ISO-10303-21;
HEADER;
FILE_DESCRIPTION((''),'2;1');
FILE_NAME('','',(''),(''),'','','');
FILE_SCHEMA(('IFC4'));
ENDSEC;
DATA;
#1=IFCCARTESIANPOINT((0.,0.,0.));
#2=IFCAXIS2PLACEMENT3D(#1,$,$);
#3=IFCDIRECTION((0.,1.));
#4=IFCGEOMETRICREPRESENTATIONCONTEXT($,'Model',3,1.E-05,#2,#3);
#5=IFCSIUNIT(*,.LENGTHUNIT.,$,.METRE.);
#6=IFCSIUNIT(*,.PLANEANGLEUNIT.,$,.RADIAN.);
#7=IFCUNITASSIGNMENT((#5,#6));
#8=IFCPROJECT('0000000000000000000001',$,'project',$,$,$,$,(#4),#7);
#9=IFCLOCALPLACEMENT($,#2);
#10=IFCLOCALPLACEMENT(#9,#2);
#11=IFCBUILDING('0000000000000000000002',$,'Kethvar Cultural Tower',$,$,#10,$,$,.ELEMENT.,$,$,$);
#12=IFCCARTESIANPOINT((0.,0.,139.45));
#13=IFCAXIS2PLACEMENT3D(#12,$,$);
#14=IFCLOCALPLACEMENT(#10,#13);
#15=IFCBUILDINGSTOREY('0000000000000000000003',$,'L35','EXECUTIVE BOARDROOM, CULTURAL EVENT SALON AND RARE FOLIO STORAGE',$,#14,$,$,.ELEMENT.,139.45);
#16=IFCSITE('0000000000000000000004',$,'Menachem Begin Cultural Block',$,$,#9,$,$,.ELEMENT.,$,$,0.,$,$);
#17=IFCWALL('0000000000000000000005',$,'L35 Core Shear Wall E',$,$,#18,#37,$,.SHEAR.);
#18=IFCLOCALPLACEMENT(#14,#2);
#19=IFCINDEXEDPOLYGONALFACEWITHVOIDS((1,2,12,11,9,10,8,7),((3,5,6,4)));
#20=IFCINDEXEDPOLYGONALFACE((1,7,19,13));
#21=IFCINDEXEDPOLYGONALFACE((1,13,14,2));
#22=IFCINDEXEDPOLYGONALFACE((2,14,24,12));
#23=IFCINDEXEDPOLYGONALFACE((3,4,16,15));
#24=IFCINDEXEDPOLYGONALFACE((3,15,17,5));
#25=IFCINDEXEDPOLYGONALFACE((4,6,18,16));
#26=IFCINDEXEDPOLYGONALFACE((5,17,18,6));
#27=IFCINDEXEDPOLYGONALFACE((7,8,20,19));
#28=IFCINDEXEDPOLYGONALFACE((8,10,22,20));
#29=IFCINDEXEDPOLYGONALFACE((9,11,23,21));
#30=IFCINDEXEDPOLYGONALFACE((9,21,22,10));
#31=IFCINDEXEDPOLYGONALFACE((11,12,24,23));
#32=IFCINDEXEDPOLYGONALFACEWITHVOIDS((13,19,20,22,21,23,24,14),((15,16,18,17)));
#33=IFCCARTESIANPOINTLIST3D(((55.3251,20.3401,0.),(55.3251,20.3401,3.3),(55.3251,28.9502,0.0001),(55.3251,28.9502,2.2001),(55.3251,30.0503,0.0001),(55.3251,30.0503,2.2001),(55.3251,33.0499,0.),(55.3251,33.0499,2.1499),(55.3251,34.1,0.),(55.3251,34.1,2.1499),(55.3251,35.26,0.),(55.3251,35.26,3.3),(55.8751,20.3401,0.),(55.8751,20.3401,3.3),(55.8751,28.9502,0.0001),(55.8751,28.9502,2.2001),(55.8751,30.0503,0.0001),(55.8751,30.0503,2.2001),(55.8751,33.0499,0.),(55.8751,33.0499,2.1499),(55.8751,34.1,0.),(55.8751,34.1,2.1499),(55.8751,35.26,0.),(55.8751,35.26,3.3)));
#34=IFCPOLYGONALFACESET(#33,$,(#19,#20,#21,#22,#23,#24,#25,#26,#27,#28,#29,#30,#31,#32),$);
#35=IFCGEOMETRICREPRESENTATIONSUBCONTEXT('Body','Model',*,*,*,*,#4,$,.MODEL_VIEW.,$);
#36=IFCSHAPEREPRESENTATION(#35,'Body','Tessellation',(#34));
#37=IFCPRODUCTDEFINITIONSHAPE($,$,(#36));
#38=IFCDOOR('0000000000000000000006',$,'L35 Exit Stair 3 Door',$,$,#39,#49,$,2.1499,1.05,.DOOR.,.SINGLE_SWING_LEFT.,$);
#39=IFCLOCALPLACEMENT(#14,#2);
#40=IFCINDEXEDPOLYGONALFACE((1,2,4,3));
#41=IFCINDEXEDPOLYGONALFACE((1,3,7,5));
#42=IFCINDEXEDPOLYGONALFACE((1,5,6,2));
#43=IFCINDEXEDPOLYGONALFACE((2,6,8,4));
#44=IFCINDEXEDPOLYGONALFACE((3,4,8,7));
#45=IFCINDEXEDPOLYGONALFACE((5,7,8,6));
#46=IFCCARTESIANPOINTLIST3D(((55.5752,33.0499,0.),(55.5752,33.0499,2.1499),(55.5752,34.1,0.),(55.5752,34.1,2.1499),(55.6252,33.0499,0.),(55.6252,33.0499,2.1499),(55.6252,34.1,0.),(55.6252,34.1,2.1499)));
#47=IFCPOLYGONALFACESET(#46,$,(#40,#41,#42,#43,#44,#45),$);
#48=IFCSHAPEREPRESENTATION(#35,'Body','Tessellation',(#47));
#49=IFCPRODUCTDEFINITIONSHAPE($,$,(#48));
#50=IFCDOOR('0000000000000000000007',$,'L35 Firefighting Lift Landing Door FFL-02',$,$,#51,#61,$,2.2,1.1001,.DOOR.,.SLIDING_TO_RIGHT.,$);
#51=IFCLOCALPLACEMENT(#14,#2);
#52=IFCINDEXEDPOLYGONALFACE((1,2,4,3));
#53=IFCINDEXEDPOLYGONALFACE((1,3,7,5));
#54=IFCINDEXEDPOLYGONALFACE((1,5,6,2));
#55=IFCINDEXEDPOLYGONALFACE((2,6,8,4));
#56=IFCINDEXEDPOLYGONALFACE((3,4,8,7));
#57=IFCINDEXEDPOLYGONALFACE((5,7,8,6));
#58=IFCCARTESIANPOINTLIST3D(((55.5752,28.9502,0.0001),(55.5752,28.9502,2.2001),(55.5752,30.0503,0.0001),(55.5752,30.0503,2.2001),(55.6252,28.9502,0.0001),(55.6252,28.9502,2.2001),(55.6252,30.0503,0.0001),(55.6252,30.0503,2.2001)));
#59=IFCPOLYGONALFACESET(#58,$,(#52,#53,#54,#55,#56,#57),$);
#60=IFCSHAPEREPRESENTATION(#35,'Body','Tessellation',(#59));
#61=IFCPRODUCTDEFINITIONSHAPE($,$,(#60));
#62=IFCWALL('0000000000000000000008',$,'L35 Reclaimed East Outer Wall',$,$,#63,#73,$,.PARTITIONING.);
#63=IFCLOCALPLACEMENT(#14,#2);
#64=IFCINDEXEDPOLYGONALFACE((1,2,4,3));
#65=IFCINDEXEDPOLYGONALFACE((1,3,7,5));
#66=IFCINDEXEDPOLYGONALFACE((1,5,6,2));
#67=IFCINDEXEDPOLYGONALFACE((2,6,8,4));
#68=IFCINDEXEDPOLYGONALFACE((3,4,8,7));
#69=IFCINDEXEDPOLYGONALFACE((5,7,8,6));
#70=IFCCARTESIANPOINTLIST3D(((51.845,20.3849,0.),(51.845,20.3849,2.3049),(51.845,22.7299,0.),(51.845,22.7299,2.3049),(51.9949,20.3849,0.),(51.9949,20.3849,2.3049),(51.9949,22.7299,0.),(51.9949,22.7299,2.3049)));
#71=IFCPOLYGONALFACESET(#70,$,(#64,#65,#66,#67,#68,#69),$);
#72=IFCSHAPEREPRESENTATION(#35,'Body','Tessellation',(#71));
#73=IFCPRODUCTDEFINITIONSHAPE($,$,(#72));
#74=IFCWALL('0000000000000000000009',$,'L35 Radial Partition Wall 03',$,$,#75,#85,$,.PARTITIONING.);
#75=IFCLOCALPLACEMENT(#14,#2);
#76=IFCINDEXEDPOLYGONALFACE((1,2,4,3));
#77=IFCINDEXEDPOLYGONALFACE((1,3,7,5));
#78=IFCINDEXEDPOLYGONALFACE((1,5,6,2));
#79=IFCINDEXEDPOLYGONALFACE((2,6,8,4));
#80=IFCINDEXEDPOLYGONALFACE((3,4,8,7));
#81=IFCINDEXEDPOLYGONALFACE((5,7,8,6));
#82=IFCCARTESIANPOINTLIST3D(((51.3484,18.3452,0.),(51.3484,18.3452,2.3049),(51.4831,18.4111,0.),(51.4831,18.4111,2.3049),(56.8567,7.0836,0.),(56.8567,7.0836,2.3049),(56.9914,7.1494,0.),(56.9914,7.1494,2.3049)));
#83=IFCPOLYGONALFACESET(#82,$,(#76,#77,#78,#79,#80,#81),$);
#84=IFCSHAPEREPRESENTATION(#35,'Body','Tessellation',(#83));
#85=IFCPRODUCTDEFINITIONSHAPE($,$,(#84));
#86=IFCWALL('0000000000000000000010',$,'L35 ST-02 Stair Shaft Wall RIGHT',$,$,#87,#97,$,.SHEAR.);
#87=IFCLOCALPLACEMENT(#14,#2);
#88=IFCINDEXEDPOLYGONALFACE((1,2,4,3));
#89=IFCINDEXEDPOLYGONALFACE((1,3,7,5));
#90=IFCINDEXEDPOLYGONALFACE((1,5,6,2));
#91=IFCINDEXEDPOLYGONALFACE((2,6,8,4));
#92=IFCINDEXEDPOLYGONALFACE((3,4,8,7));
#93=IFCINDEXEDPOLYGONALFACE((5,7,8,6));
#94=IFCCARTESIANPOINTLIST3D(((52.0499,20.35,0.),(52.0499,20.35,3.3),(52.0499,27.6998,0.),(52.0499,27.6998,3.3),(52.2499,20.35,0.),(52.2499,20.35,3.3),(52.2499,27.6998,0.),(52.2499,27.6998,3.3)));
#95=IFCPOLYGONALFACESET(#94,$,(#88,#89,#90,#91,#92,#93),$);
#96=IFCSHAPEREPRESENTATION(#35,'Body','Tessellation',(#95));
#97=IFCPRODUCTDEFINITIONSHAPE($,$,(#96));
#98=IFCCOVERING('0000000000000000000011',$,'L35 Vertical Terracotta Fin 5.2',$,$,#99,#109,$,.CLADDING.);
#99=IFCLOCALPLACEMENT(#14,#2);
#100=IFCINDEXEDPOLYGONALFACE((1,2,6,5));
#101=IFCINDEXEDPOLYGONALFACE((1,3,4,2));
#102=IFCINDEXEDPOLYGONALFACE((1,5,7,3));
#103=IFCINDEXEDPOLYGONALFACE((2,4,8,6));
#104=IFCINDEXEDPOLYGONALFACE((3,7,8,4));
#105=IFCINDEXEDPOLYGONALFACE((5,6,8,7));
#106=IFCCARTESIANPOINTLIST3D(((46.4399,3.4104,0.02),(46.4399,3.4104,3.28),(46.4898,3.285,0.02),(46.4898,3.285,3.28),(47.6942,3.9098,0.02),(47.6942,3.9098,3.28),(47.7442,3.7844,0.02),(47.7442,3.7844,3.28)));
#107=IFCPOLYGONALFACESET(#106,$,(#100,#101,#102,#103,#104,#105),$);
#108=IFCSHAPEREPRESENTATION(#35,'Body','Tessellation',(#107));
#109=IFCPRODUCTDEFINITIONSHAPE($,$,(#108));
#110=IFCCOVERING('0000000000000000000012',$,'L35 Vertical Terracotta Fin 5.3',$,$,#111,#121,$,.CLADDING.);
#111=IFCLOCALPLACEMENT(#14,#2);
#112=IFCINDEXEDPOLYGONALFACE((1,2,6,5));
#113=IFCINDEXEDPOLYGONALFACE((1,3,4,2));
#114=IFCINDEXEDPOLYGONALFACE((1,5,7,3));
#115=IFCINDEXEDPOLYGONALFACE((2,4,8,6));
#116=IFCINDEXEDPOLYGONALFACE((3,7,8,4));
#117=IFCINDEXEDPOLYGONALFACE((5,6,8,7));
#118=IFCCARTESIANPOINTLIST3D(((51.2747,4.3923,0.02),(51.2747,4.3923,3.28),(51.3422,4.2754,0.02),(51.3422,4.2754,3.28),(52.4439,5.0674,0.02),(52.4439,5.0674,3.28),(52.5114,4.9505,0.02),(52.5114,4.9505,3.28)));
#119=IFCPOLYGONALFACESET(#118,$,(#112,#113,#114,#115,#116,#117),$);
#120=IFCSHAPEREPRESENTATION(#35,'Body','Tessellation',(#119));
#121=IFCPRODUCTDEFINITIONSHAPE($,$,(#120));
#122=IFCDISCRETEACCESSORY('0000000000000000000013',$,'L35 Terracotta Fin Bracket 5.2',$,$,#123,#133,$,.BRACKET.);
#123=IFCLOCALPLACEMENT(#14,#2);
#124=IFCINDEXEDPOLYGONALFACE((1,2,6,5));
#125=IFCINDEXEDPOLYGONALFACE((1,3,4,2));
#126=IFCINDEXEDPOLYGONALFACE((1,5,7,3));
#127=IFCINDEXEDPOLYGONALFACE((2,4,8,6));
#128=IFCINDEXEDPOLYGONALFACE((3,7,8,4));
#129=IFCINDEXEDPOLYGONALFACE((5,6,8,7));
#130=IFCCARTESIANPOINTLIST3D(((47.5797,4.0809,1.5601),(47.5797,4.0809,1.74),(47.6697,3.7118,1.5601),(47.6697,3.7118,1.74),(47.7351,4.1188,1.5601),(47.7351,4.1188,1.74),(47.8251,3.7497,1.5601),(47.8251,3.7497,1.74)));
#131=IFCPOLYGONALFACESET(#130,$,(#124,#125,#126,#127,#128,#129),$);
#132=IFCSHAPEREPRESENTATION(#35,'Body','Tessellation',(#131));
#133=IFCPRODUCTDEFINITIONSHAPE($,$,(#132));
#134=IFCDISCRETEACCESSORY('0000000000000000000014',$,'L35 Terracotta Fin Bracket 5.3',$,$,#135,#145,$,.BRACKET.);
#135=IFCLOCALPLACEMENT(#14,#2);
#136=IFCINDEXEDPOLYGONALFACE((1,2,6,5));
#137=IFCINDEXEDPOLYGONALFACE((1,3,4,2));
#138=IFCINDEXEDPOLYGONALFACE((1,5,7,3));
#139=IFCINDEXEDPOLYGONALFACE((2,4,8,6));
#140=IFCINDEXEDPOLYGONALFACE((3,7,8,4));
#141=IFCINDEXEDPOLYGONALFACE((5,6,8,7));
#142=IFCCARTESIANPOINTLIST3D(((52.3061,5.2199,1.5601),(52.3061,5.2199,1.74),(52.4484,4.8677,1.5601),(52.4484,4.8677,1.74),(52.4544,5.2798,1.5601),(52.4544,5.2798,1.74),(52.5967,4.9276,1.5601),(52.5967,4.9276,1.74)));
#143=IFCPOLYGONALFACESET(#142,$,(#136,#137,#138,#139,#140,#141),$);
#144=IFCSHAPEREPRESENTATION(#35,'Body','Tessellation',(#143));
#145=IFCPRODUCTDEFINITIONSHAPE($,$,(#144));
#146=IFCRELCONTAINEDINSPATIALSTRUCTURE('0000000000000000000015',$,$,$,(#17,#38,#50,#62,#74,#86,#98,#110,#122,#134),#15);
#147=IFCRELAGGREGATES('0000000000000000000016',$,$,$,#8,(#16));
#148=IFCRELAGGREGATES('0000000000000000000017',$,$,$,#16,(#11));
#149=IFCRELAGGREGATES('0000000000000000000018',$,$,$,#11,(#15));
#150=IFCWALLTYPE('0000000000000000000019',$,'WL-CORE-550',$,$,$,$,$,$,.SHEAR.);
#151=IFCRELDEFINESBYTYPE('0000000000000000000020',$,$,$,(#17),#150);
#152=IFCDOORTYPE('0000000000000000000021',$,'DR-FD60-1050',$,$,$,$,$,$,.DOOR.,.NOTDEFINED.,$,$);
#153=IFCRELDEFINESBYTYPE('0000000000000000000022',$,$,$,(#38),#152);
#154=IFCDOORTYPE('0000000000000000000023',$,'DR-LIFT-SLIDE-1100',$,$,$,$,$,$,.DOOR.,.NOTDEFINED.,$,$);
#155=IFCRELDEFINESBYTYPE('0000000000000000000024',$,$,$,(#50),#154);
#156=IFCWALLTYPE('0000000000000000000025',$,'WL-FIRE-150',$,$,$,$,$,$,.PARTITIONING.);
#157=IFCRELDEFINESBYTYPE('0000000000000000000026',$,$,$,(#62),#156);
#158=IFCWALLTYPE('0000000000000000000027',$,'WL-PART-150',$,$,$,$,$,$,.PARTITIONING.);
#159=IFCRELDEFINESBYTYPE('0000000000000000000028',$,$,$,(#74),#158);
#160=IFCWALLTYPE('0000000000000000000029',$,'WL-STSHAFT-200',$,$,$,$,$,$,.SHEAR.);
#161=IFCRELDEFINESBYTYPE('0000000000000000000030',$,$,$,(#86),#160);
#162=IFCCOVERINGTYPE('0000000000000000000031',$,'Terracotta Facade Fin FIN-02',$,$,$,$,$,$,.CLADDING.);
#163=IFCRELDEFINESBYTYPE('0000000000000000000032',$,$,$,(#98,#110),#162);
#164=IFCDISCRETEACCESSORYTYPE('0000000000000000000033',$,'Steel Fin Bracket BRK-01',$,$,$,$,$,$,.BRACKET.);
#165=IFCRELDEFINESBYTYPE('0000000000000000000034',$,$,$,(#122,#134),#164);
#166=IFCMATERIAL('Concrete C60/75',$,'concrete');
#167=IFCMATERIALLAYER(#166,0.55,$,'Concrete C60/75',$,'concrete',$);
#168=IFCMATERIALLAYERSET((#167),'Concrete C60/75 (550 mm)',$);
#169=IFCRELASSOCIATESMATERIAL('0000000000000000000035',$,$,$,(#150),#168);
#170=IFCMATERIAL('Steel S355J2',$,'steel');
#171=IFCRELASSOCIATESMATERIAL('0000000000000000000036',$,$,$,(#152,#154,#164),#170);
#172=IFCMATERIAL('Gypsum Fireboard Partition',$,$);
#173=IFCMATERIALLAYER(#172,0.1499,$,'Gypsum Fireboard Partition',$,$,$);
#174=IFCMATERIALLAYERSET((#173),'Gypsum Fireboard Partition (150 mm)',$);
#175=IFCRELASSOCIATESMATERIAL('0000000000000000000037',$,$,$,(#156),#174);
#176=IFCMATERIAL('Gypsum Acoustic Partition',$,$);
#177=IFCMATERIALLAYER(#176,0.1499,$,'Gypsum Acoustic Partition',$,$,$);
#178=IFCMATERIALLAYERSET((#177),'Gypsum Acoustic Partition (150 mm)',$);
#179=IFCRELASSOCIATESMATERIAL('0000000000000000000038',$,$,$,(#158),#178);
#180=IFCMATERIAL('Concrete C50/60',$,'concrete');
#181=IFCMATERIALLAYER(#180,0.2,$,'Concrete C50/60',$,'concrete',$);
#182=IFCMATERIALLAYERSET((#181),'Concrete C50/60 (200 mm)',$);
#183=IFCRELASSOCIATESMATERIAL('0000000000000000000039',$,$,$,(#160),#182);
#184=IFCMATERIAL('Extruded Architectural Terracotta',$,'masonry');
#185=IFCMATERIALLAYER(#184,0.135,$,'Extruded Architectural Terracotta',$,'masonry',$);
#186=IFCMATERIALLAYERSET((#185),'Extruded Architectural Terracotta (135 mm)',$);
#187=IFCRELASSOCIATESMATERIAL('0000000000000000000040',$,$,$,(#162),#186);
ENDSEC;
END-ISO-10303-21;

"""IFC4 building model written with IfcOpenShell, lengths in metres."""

from ifc_helpers import new_model, si_unit, direction, frame, frame_2d, origin, origin_2d, place, context, subcontext, project, spatial, rectangle, extrude, source, transform, mapped, material, layer, layer_set, type_object, element, fill, save


model = new_model("IFC4")

# Units and contexts
model_context = context("Model", 3, precision=1e-05, world=origin(), true_north=direction((0.0, 1.0)))
body_context = subcontext(model_context, "Body", "Model", "MODEL_VIEW")
ifc_project = project(units=[si_unit("LENGTHUNIT", "METRE"), si_unit("PLANEANGLEUNIT", "RADIAN")], contexts=[model_context])

# Site, building, storey
site_placement = place(None, origin())
site = spatial("IfcSite", under=ifc_project, at=site_placement, Name="Menachem Begin Cultural Block", CompositionType="ELEMENT", RefElevation=0.0)
building_placement = place(site_placement, origin())
building = spatial("IfcBuilding", under=site, at=building_placement, Name="Kethvar Cultural Tower", CompositionType="ELEMENT")
storey_placement = place(building_placement, frame((0.0, 0.0, 139.45)))
storey = spatial("IfcBuildingStorey", under=building, at=storey_placement, Name="L35", Description="EXECUTIVE BOARDROOM, CULTURAL EVENT SALON AND RARE FOLIO STORAGE", CompositionType="ELEMENT", Elevation=139.45)

# Shared definitions
ifc_material_1 = material(Name="Steel S355J2", Category="steel")

# Wall, openings, doors
ifc_material_2 = material(Name="Concrete C60/75", Category="concrete")
ifc_layer_1 = layer(ifc_material_2, 0.55, Name="Concrete C60/75", Category="concrete")
ifc_layer_set_1 = layer_set([ifc_layer_1], Name="Concrete C60/75 (550 mm)")
wall_type_1 = type_object("IfcWallType", Name="WL-CORE-550", PredefinedType="SHEAR", material=ifc_layer_set_1)
wall_1_placement = place(storey_placement, frame((55.6001, 20.3401, 0.0), z_axis=(0.0, 0.0, 1.0), x_axis=(0.0, 1.0, 0.0)))
wall_1 = element("IfcWall", 1, at=wall_1_placement, inside=storey, type_object=wall_type_1, Name="L35 Core Shear Wall E", PredefinedType="SHEAR", context=body_context, shape_type="SweptSolid", body=[
    extrude(rectangle(XDim=14.9199, YDim=0.55, at=frame_2d((7.46, 0.0))), origin(), (0.0, 0.0, 1.0), 3.3),
])
opening_1_placement = place(wall_1_placement, frame((12.71, 0.0, 0.0)))
opening_1 = element("IfcOpeningElement", 2, at=opening_1_placement, cuts=wall_1, PredefinedType="OPENING", context=body_context, shape_type="SweptSolid", body=[
    extrude(rectangle(XDim=1.05, YDim=2.1499, at=frame_2d((0.5249, 1.075))), frame((0.0, 0.2849, 0.0), z_axis=(0.0, -1.0, 0.0), x_axis=(1.0, 0.0, 0.0)), (0.0, 0.0, 1.0), 0.5701),
])
opening_2_placement = place(wall_1_placement, frame((8.6101, 0.0, 0.0)))
opening_2 = element("IfcOpeningElement", 3, at=opening_2_placement, cuts=wall_1, PredefinedType="OPENING", context=body_context, shape_type="SweptSolid", body=[
    extrude(rectangle(XDim=1.1001, YDim=2.2, at=frame_2d((0.55, 1.1001))), frame((0.0, 0.2849, 0.0), z_axis=(0.0, -1.0, 0.0), x_axis=(1.0, 0.0, 0.0)), (0.0, 0.0, 1.0), 0.5701),
])
door_type_1 = type_object("IfcDoorType", Name="DR-FD60-1050", OperationType="NOTDEFINED", PredefinedType="DOOR", material=ifc_material_1)
shared_shape_1 = source(origin(), body_context, "Body", "SweptSolid", [
    extrude(rectangle(XDim=1.05, YDim=2.1499, at=frame_2d((0.5249, 1.075))), frame((0.0, 0.0249, 0.0), z_axis=(0.0, -1.0, 0.0), x_axis=(1.0, 0.0, 0.0)), (0.0, 0.0, 1.0), 0.05),
])
door_1_placement = place(opening_1_placement, origin())
door_1 = element("IfcDoor", 4, at=door_1_placement, inside=storey, type_object=door_type_1, Name="L35 Exit Stair 3 Door", OperationType="SINGLE_SWING_LEFT", OverallHeight=2.1499, OverallWidth=1.05, PredefinedType="DOOR", context=body_context, shape_type="MappedRepresentation", body=[
    mapped(shared_shape_1, transform((0.0, 0.0, 0.0), scale=1.0)),
])
fill(opening_1, door_1)
door_type_2 = type_object("IfcDoorType", Name="DR-LIFT-SLIDE-1100", OperationType="NOTDEFINED", PredefinedType="DOOR", material=ifc_material_1)
shared_shape_2 = source(origin(), body_context, "Body", "SweptSolid", [
    extrude(rectangle(XDim=1.1001, YDim=2.2, at=frame_2d((0.55, 1.1001))), frame((0.0, 0.0249, 0.0), z_axis=(0.0, -1.0, 0.0), x_axis=(1.0, 0.0, 0.0)), (0.0, 0.0, 1.0), 0.05),
])
door_2_placement = place(opening_2_placement, origin())
door_2 = element("IfcDoor", 5, at=door_2_placement, inside=storey, type_object=door_type_2, Name="L35 Firefighting Lift Landing Door FFL-02", OperationType="SLIDING_TO_RIGHT", OverallHeight=2.2, OverallWidth=1.1001, PredefinedType="DOOR", context=body_context, shape_type="MappedRepresentation", body=[
    mapped(shared_shape_2, transform((0.0, 0.0, 0.0), scale=1.0)),
])
fill(opening_2, door_2)

# Walls
ifc_material_3 = material(Name="Gypsum Fireboard Partition")
ifc_layer_2 = layer(ifc_material_3, 0.1499, Name="Gypsum Fireboard Partition")
ifc_layer_set_2 = layer_set([ifc_layer_2], Name="Gypsum Fireboard Partition (150 mm)")
wall_type_2 = type_object("IfcWallType", Name="WL-FIRE-150", PredefinedType="PARTITIONING", material=ifc_layer_set_2)
wall_2_placement = place(storey_placement, frame((51.9199, 20.385, 0.0), z_axis=(0.0, 0.0, 1.0), x_axis=(0.0, 1.0, 0.0)))
element("IfcWall", 6, at=wall_2_placement, inside=storey, type_object=wall_type_2, Name="L35 Reclaimed East Outer Wall", PredefinedType="PARTITIONING", context=body_context, shape_type="SweptSolid", body=[
    extrude(rectangle(XDim=2.345, YDim=0.1499, at=frame_2d((1.1724, 0.0))), origin(), (0.0, 0.0, 1.0), 2.3049),
])
ifc_material_4 = material(Name="Gypsum Acoustic Partition")
ifc_layer_3 = layer(ifc_material_4, 0.1499, Name="Gypsum Acoustic Partition")
ifc_layer_set_3 = layer_set([ifc_layer_3], Name="Gypsum Acoustic Partition (150 mm)")
wall_type_3 = type_object("IfcWallType", Name="WL-PART-150", PredefinedType="PARTITIONING", material=ifc_layer_set_3)
wall_3_placement = place(storey_placement, frame((51.4158, 18.3782, 0.0), z_axis=(0.0, 0.0, 1.0), x_axis=(0.439376, -0.898303, 0.0)))
element("IfcWall", 7, at=wall_3_placement, inside=storey, type_object=wall_type_3, Name="L35 Radial Partition Wall 03", PredefinedType="PARTITIONING", context=body_context, shape_type="SweptSolid", body=[
    extrude(rectangle(XDim=12.5366, YDim=0.1499, at=frame_2d((6.2683, 0.0))), origin(), (0.0, 0.0, 1.0), 2.3049),
])
ifc_material_5 = material(Name="Concrete C50/60", Category="concrete")
ifc_layer_4 = layer(ifc_material_5, 0.2, Name="Concrete C50/60", Category="concrete")
ifc_layer_set_4 = layer_set([ifc_layer_4], Name="Concrete C50/60 (200 mm)")
wall_type_4 = type_object("IfcWallType", Name="WL-STSHAFT-200", PredefinedType="SHEAR", material=ifc_layer_set_4)
wall_4_placement = place(storey_placement, frame((52.1499, 20.3501, 0.0), z_axis=(0.0, 0.0, 1.0), x_axis=(0.0, 1.0, 0.0)))
element("IfcWall", 8, at=wall_4_placement, inside=storey, type_object=wall_type_4, Name="L35 ST-02 Stair Shaft Wall RIGHT", PredefinedType="SHEAR", context=body_context, shape_type="SweptSolid", body=[
    extrude(rectangle(XDim=7.3499, YDim=0.2, at=frame_2d((3.6748, 0.0))), origin(), (0.0, 0.0, 1.0), 3.3),
])

# Coverings
ifc_material_6 = material(Name="Extruded Architectural Terracotta", Category="masonry")
ifc_layer_5 = layer(ifc_material_6, 0.135, Name="Extruded Architectural Terracotta", Category="masonry")
ifc_layer_set_5 = layer_set([ifc_layer_5], Name="Extruded Architectural Terracotta (135 mm)")
covering_type = type_object("IfcCoveringType", Name="Terracotta Facade Fin FIN-02", PredefinedType="CLADDING", material=ifc_layer_set_5)
shared_shape_3 = source(origin(), body_context, "Body", "SweptSolid", [
    extrude(rectangle(XDim=1.3501, YDim=0.135, at=origin_2d()), origin(), (0.0, 0.0, 1.0), 3.26),
])
for number, where, z_axis, x_axis, name in (
    (9, (47.092, 3.5974, 0.02), (0.0, 0.0, 1.0), (-0.929068, -0.369909, 0.0), "L35 Vertical Terracotta Fin 5.2"),
    (10, (51.8931, 4.6714, 0.02), (0.0, 0.0, 1.0), (-0.866025, -0.5, 0.0), "L35 Vertical Terracotta Fin 5.3"),
):
    element("IfcCovering", number, at=place(storey_placement, frame(where, z_axis=z_axis, x_axis=x_axis)), inside=storey, type_object=covering_type, Name=name, PredefinedType="CLADDING", context=body_context, shape_type="MappedRepresentation", body=[
        mapped(shared_shape_3, transform((0.0, 0.0, 0.0), scale=1.0)),
    ])

# Discrete accessories
discrete_accessory_type = type_object("IfcDiscreteAccessoryType", Name="Steel Fin Bracket BRK-01", PredefinedType="BRACKET", material=ifc_material_1)
shared_shape_4 = source(origin(), body_context, "Body", "SweptSolid", [
    extrude(rectangle(XDim=0.3799, YDim=0.1599, at=origin_2d()), origin(), (0.0, 0.0, 1.0), 0.1799),
])
for number, where, z_axis, x_axis, name in (
    (11, (47.7024, 3.9153, 1.5601), (0.0, 0.0, 1.0), (0.237008, -0.971508, 0.0), "L35 Terracotta Fin Bracket 5.2"),
    (12, (52.4514, 5.0737, 1.5601), (0.0, 0.0, 1.0), (0.374607, -0.927184, 0.0), "L35 Terracotta Fin Bracket 5.3"),
):
    element("IfcDiscreteAccessory", number, at=place(storey_placement, frame(where, z_axis=z_axis, x_axis=x_axis)), inside=storey, type_object=discrete_accessory_type, Name=name, PredefinedType="BRACKET", context=body_context, shape_type="MappedRepresentation", body=[
        mapped(shared_shape_4, transform((0.0, 0.0, 0.0), scale=1.0)),
    ])

save(model, "model.ifc")
